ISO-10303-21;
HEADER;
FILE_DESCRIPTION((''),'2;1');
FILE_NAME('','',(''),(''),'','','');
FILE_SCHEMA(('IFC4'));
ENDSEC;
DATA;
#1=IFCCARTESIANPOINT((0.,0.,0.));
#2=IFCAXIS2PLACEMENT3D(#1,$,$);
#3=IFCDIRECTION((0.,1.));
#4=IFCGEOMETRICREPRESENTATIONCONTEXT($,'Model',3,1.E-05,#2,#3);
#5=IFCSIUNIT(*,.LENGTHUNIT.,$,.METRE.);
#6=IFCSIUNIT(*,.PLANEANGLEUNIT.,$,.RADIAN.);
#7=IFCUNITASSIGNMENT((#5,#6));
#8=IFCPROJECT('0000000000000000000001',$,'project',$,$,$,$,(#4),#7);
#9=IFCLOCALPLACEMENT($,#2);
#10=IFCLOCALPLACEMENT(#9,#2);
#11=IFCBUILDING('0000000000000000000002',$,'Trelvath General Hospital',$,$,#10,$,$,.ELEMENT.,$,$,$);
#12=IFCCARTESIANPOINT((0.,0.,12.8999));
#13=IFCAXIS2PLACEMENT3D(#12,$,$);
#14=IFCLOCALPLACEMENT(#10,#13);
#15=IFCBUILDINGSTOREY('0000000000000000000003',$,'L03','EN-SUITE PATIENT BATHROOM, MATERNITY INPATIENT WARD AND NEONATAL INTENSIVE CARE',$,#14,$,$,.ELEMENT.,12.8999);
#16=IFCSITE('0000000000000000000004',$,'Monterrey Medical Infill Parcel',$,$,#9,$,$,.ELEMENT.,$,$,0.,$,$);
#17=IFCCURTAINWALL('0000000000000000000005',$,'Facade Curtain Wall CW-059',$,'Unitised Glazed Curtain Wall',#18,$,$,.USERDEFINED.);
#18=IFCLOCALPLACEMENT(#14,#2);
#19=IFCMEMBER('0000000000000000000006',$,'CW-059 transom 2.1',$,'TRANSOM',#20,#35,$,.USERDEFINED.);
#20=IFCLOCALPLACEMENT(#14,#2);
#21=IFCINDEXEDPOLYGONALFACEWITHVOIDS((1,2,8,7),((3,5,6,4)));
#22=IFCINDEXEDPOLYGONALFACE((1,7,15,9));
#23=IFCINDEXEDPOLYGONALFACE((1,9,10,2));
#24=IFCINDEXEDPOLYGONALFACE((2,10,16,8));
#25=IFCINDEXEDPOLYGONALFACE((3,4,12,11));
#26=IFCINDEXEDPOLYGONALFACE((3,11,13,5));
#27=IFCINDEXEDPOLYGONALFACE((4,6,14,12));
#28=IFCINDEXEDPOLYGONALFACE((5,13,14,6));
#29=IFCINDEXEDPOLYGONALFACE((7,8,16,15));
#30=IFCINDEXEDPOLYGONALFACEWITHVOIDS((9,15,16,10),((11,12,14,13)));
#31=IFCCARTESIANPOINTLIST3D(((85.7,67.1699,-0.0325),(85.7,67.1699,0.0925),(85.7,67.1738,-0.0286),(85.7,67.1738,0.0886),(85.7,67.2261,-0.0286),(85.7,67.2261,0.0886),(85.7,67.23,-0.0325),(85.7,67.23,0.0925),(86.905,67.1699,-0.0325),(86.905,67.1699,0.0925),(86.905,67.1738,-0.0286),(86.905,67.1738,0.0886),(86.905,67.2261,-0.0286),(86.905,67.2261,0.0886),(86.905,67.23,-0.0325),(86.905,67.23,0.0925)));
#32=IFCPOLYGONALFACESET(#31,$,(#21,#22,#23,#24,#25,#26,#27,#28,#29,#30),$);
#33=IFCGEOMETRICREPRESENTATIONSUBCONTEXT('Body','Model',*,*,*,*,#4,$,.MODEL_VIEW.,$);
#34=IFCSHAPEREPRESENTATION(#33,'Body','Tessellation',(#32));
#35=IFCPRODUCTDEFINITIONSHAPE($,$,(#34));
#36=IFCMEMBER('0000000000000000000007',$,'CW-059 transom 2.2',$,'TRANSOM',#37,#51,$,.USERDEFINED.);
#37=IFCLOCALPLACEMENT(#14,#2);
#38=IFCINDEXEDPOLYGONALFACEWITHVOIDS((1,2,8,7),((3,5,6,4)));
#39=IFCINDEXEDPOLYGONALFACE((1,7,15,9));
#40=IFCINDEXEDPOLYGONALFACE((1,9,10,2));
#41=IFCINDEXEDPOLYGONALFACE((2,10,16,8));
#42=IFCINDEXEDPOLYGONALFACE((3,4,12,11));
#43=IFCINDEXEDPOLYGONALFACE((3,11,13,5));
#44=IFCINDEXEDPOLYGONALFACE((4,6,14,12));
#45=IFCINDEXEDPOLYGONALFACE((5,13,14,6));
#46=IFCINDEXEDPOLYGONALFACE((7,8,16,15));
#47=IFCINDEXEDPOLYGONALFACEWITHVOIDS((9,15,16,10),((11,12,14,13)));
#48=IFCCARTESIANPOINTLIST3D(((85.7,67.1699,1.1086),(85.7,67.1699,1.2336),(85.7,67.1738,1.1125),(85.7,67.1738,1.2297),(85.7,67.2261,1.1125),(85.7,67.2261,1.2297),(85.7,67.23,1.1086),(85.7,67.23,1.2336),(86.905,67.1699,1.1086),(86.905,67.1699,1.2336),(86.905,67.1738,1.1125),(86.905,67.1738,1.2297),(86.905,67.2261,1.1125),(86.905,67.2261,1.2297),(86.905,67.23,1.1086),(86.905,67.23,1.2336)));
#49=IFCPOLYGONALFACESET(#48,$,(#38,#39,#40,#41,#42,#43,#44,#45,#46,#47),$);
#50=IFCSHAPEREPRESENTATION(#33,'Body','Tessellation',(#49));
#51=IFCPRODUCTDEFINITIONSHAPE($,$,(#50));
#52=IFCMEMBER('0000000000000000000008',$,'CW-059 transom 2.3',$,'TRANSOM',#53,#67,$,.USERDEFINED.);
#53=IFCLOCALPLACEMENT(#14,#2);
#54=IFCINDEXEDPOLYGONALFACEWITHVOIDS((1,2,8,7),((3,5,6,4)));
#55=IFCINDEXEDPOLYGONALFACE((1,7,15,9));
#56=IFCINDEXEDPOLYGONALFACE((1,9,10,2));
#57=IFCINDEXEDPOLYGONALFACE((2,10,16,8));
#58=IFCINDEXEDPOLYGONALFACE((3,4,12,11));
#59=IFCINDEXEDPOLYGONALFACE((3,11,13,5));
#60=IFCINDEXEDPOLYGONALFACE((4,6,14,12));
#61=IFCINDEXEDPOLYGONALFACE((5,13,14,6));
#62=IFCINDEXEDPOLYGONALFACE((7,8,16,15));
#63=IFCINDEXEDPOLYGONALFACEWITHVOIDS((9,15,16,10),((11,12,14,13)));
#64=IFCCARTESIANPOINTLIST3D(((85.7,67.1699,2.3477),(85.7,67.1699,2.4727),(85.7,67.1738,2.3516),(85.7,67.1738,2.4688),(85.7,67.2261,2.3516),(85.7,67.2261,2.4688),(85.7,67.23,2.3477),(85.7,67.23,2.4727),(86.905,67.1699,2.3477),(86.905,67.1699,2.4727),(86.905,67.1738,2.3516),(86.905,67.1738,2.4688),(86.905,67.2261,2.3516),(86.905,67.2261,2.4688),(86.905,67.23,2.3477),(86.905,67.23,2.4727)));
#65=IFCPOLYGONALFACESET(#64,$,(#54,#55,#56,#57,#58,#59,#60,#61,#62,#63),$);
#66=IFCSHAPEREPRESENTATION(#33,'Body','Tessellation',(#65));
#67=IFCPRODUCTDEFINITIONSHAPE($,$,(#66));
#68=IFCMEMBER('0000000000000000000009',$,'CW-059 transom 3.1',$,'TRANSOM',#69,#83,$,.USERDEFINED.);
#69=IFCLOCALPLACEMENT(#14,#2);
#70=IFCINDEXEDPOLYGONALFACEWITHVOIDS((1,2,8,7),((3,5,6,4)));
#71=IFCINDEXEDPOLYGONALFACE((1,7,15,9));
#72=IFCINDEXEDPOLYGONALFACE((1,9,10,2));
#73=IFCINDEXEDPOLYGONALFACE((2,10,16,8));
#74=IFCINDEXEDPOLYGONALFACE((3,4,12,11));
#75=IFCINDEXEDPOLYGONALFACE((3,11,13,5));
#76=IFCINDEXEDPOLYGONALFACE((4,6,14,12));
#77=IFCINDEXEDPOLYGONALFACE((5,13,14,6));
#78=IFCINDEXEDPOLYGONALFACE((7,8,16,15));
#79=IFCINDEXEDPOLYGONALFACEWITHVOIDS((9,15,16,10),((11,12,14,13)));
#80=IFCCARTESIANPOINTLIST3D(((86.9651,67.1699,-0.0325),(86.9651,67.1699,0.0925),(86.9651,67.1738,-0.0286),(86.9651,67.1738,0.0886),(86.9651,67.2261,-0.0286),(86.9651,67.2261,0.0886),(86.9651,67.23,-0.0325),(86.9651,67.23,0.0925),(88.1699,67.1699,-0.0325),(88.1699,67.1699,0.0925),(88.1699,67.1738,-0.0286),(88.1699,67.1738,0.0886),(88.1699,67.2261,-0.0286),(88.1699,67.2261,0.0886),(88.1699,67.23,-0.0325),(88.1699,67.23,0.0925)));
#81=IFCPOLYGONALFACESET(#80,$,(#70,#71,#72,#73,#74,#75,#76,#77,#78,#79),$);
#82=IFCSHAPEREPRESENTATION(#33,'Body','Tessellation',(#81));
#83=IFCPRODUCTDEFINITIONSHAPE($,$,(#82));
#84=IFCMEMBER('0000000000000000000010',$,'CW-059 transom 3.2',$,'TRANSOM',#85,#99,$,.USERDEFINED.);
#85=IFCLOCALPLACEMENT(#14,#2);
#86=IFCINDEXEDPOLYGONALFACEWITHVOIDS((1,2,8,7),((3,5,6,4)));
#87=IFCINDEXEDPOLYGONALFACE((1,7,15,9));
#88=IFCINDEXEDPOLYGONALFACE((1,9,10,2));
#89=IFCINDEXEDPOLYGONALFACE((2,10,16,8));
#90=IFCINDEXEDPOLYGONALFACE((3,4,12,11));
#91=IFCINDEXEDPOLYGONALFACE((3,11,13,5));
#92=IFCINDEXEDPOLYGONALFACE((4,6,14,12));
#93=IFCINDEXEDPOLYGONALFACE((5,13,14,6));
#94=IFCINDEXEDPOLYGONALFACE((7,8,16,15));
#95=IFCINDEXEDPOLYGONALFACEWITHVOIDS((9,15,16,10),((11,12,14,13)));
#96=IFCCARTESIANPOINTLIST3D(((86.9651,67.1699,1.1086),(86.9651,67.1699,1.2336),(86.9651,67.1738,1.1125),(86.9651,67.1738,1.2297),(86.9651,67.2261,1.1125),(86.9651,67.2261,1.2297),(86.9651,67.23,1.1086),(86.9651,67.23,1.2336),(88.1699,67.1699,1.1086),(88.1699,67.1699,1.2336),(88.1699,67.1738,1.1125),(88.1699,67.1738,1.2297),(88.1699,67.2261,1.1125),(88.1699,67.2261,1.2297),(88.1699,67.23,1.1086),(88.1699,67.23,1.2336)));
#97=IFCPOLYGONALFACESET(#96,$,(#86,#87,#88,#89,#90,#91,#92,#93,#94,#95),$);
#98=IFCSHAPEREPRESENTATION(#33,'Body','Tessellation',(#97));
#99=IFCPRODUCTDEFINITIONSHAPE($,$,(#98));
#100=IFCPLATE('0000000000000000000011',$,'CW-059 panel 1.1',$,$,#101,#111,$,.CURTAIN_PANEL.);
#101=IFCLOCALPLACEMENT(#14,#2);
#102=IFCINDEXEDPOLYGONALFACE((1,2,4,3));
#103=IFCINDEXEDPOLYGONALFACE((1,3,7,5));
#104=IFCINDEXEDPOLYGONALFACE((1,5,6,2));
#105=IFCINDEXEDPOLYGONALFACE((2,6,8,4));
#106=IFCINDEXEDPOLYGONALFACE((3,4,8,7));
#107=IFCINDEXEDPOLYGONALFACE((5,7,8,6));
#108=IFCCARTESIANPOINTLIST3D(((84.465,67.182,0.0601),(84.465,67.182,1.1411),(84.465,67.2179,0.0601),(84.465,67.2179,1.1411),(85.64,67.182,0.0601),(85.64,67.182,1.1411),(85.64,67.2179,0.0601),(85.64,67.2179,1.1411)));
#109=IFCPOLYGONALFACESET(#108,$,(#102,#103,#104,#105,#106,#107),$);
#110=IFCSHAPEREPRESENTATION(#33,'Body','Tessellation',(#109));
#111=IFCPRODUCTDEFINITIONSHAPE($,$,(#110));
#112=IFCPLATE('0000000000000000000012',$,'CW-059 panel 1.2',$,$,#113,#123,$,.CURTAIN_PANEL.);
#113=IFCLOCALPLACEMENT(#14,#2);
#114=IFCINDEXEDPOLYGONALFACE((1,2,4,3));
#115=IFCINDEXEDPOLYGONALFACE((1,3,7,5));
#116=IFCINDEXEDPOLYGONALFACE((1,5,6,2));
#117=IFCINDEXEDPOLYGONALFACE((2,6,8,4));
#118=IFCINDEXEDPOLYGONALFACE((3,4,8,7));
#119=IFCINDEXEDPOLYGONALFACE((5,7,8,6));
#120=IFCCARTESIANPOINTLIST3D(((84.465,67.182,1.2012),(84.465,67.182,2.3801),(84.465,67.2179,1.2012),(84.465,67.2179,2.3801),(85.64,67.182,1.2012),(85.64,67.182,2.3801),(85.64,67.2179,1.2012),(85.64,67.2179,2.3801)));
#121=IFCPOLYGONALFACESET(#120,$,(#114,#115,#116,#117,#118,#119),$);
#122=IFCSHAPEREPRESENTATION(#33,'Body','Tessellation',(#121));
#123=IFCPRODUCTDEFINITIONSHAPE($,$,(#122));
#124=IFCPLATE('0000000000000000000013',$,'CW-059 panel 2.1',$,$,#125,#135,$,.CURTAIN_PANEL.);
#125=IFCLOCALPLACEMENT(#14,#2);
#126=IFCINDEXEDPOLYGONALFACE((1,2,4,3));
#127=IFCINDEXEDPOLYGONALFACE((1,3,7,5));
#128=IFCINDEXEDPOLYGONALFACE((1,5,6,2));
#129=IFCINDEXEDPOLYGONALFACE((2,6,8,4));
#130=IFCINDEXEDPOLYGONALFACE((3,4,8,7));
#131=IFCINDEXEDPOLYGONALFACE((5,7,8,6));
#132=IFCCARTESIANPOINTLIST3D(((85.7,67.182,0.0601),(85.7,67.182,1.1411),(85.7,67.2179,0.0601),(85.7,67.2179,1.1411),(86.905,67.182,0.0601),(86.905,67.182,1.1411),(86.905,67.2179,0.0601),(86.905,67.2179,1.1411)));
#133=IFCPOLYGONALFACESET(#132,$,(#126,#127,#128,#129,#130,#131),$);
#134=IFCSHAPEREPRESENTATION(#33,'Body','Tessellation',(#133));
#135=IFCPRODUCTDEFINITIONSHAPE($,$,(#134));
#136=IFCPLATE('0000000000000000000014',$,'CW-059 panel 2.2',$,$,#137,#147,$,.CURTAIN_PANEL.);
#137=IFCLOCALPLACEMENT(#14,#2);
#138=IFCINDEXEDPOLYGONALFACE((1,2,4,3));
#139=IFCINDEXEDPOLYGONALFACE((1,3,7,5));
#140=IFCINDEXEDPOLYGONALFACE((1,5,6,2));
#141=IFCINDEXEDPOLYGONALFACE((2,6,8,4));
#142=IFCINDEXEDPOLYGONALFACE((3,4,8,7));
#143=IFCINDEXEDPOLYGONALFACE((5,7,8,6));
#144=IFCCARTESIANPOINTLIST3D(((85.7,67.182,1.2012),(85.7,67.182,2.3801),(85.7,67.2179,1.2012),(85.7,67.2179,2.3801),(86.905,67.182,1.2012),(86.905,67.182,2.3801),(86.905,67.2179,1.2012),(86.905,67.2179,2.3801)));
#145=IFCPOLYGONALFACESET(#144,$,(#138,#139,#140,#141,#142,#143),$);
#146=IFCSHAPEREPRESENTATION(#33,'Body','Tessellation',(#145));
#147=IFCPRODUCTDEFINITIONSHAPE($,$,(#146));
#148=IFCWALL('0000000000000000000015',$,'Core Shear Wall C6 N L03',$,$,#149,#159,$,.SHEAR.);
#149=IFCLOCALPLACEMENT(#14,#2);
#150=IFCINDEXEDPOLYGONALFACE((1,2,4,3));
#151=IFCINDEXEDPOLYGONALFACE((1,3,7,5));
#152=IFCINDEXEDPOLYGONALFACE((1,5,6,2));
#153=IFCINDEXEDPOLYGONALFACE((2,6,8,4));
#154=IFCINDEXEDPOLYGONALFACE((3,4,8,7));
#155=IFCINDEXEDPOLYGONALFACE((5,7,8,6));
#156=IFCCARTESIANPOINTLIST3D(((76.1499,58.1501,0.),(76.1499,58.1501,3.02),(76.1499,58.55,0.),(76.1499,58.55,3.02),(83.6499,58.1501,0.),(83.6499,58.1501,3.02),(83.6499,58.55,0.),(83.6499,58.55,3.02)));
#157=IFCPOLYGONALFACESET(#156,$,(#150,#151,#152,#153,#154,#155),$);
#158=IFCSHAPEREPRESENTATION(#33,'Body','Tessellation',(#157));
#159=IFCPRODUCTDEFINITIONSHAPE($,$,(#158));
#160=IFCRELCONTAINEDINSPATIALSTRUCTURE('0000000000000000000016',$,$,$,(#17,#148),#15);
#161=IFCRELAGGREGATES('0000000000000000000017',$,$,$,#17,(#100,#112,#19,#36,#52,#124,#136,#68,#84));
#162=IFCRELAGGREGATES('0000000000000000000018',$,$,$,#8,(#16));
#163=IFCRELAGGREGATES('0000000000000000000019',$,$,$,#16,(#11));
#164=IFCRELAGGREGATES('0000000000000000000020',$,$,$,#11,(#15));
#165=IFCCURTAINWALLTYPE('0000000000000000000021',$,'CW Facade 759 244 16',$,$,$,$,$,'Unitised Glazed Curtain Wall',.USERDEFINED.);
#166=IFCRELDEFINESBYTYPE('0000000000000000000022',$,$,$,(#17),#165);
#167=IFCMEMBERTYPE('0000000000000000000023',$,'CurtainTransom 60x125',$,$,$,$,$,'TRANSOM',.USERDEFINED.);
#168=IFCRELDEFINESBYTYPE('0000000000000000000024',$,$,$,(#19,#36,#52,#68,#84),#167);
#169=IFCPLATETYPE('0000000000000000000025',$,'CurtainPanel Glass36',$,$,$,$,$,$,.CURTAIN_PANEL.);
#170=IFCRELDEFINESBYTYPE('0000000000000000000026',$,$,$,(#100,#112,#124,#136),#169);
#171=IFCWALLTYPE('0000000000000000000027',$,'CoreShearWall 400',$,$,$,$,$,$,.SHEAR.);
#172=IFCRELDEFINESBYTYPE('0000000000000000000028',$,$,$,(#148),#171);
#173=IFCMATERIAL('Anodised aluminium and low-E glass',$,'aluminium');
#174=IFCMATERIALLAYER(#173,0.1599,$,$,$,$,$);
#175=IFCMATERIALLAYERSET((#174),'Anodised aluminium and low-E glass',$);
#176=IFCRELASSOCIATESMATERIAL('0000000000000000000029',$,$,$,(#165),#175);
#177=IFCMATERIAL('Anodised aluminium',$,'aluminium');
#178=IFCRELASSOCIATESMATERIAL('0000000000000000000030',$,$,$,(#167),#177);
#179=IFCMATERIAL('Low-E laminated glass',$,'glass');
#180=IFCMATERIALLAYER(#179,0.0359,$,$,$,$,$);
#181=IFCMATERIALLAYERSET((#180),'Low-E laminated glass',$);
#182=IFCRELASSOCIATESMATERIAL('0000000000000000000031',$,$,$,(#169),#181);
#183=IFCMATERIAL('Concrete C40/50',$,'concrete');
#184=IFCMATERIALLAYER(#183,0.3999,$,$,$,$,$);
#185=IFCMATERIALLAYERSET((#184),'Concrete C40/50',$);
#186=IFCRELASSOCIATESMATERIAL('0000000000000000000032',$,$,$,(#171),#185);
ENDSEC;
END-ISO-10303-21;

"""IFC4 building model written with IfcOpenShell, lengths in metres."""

from ifc_helpers import new_model, si_unit, direction, frame, frame_2d, origin, origin_2d, place, context, subcontext, project, spatial, rectangle, hollow_rectangle, extrude, material, layer, layer_set, material_profile, profile_set, type_object, element, aggregate, save


model = new_model("IFC4")

# Units and contexts
model_context = context("Model", 3, precision=1e-05, world=origin(), true_north=direction((0.0, 1.0)))
body_context = subcontext(model_context, "Body", "Model", "MODEL_VIEW")
ifc_project = project(units=[si_unit("LENGTHUNIT", "METRE"), si_unit("PLANEANGLEUNIT", "RADIAN")], contexts=[model_context])

# Site, building, storey
site_placement = place(None, origin())
site = spatial("IfcSite", under=ifc_project, at=site_placement, Name="Monterrey Medical Infill Parcel", CompositionType="ELEMENT", RefElevation=0.0)
building_placement = place(site_placement, origin())
building = spatial("IfcBuilding", under=site, at=building_placement, Name="Trelvath General Hospital", CompositionType="ELEMENT")
storey_placement = place(building_placement, frame((0.0, 0.0, 12.8999)))
storey = spatial("IfcBuildingStorey", under=building, at=storey_placement, Name="L03", Description="EN-SUITE PATIENT BATHROOM, MATERNITY INPATIENT WARD AND NEONATAL INTENSIVE CARE", CompositionType="ELEMENT", Elevation=12.8999)

# Curtain wall, members, plates
ifc_material_1 = material(Name="Anodised aluminium and low-E glass", Category="aluminium")
ifc_layer_1 = layer(ifc_material_1, 0.1599)
ifc_layer_set_1 = layer_set([ifc_layer_1], Name="Anodised aluminium and low-E glass")
curtain_wall_type = type_object("IfcCurtainWallType", Name="CW Facade 759 244 16", ElementType="Unitised Glazed Curtain Wall", PredefinedType="USERDEFINED", material=ifc_layer_set_1)
curtain_wall_placement = place(storey_placement, origin())
curtain_wall = element("IfcCurtainWall", 1, at=curtain_wall_placement, inside=storey, type_object=curtain_wall_type, Name="Facade Curtain Wall CW-059", ObjectType="Unitised Glazed Curtain Wall", PredefinedType="USERDEFINED")
ifc_material_2 = material(Name="Anodised aluminium", Category="aluminium")
ifc_material_profile_1 = material_profile(ifc_material_2, hollow_rectangle(XDim=0.0601, YDim=0.125, WallThickness=0.0039, at=origin_2d()), Name="RHS60x125x4")
ifc_profile_set_1 = profile_set([ifc_material_profile_1], Name="Anodised aluminium")
member_type_1 = type_object("IfcMemberType", Name="CurtainTransom 60x125", ElementType="TRANSOM", PredefinedType="USERDEFINED", material=ifc_profile_set_1)
member_1_placement = place(storey_placement, frame((85.7, 67.2, 0.03), z_axis=(1.0, 0.0, 0.0), x_axis=(0.0, 1.0, 0.0)))
member_1 = element("IfcMember", 2, at=member_1_placement, type_object=member_type_1, Name="CW-059 transom 2.1", ObjectType="TRANSOM", PredefinedType="USERDEFINED", context=body_context, shape_type="SweptSolid", body=[
    extrude(hollow_rectangle(XDim=0.0601, YDim=0.125, WallThickness=0.0039, at=origin_2d()), origin(), (0.0, 0.0, 1.0), 1.2051),
])
member_2_placement = place(storey_placement, frame((85.7, 67.2, 1.1711), z_axis=(1.0, 0.0, 0.0), x_axis=(0.0, 1.0, 0.0)))
member_2 = element("IfcMember", 3, at=member_2_placement, type_object=member_type_1, Name="CW-059 transom 2.2", ObjectType="TRANSOM", PredefinedType="USERDEFINED", context=body_context, shape_type="SweptSolid", body=[
    extrude(hollow_rectangle(XDim=0.0601, YDim=0.125, WallThickness=0.0039, at=origin_2d()), origin(), (0.0, 0.0, 1.0), 1.2051),
])
member_3_placement = place(storey_placement, frame((85.7, 67.2, 2.4102), z_axis=(1.0, 0.0, 0.0), x_axis=(0.0, 1.0, 0.0)))
member_3 = element("IfcMember", 4, at=member_3_placement, type_object=member_type_1, Name="CW-059 transom 2.3", ObjectType="TRANSOM", PredefinedType="USERDEFINED", context=body_context, shape_type="SweptSolid", body=[
    extrude(hollow_rectangle(XDim=0.0601, YDim=0.125, WallThickness=0.0039, at=origin_2d()), origin(), (0.0, 0.0, 1.0), 1.2051),
])
member_4_placement = place(storey_placement, frame((86.9651, 67.2, 0.03), z_axis=(1.0, 0.0, 0.0), x_axis=(0.0, 1.0, 0.0)))
member_4 = element("IfcMember", 5, at=member_4_placement, type_object=member_type_1, Name="CW-059 transom 3.1", ObjectType="TRANSOM", PredefinedType="USERDEFINED", context=body_context, shape_type="SweptSolid", body=[
    extrude(hollow_rectangle(XDim=0.0601, YDim=0.125, WallThickness=0.0039, at=origin_2d()), origin(), (0.0, 0.0, 1.0), 1.2048),
])
member_5_placement = place(storey_placement, frame((86.9651, 67.2, 1.1711), z_axis=(1.0, 0.0, 0.0), x_axis=(0.0, 1.0, 0.0)))
member_5 = element("IfcMember", 6, at=member_5_placement, type_object=member_type_1, Name="CW-059 transom 3.2", ObjectType="TRANSOM", PredefinedType="USERDEFINED", context=body_context, shape_type="SweptSolid", body=[
    extrude(hollow_rectangle(XDim=0.0601, YDim=0.125, WallThickness=0.0039, at=origin_2d()), origin(), (0.0, 0.0, 1.0), 1.2048),
])
ifc_material_3 = material(Name="Low-E laminated glass", Category="glass")
ifc_layer_2 = layer(ifc_material_3, 0.0359)
ifc_layer_set_2 = layer_set([ifc_layer_2], Name="Low-E laminated glass")
plate_type = type_object("IfcPlateType", Name="CurtainPanel Glass36", PredefinedType="CURTAIN_PANEL", material=ifc_layer_set_2)
plate_1_placement = place(storey_placement, frame((85.0525, 67.2, 0.0601), z_axis=(0.0, 0.0, 1.0), x_axis=(1.0, 0.0, 0.0)))
plate_1 = element("IfcPlate", 7, at=plate_1_placement, type_object=plate_type, Name="CW-059 panel 1.1", PredefinedType="CURTAIN_PANEL", context=body_context, shape_type="SweptSolid", body=[
    extrude(rectangle(XDim=1.175, YDim=0.0359, at=origin_2d()), origin(), (0.0, 0.0, 1.0), 1.0811),
])
plate_2_placement = place(storey_placement, frame((85.0525, 67.2, 1.2012), z_axis=(0.0, 0.0, 1.0), x_axis=(1.0, 0.0, 0.0)))
plate_2 = element("IfcPlate", 8, at=plate_2_placement, type_object=plate_type, Name="CW-059 panel 1.2", PredefinedType="CURTAIN_PANEL", context=body_context, shape_type="SweptSolid", body=[
    extrude(rectangle(XDim=1.175, YDim=0.0359, at=origin_2d()), origin(), (0.0, 0.0, 1.0), 1.179),
])
plate_3_placement = place(storey_placement, frame((86.3025, 67.2, 0.0601), z_axis=(0.0, 0.0, 1.0), x_axis=(1.0, 0.0, 0.0)))
plate_3 = element("IfcPlate", 9, at=plate_3_placement, type_object=plate_type, Name="CW-059 panel 2.1", PredefinedType="CURTAIN_PANEL", context=body_context, shape_type="SweptSolid", body=[
    extrude(rectangle(XDim=1.2051, YDim=0.0359, at=origin_2d()), origin(), (0.0, 0.0, 1.0), 1.0811),
])
plate_4_placement = place(storey_placement, frame((86.3025, 67.2, 1.2012), z_axis=(0.0, 0.0, 1.0), x_axis=(1.0, 0.0, 0.0)))
plate_4 = element("IfcPlate", 10, at=plate_4_placement, type_object=plate_type, Name="CW-059 panel 2.2", PredefinedType="CURTAIN_PANEL", context=body_context, shape_type="SweptSolid", body=[
    extrude(rectangle(XDim=1.2051, YDim=0.0359, at=origin_2d()), origin(), (0.0, 0.0, 1.0), 1.179),
])
aggregate(curtain_wall, [plate_1, plate_2, member_1, member_2, member_3, plate_3, plate_4, member_4, member_5])

# Wall
ifc_material_4 = material(Name="Concrete C40/50", Category="concrete")
ifc_layer_3 = layer(ifc_material_4, 0.3999)
ifc_layer_set_3 = layer_set([ifc_layer_3], Name="Concrete C40/50")
wall_type = type_object("IfcWallType", Name="CoreShearWall 400", PredefinedType="SHEAR", material=ifc_layer_set_3)
wall_1_placement = place(storey_placement, frame((76.1499, 58.3501, 0.0), z_axis=(0.0, 0.0, 1.0), x_axis=(1.0, 0.0, 0.0)))
element("IfcWall", 11, at=wall_1_placement, inside=storey, type_object=wall_type, Name="Core Shear Wall C6 N L03", PredefinedType="SHEAR", context=body_context, shape_type="SweptSolid", body=[
    extrude(rectangle(XDim=7.5, YDim=0.3999, at=frame_2d((3.75, 0.0))), origin(), (0.0, 0.0, 1.0), 3.02),
])

save(model, "model.ifc")
